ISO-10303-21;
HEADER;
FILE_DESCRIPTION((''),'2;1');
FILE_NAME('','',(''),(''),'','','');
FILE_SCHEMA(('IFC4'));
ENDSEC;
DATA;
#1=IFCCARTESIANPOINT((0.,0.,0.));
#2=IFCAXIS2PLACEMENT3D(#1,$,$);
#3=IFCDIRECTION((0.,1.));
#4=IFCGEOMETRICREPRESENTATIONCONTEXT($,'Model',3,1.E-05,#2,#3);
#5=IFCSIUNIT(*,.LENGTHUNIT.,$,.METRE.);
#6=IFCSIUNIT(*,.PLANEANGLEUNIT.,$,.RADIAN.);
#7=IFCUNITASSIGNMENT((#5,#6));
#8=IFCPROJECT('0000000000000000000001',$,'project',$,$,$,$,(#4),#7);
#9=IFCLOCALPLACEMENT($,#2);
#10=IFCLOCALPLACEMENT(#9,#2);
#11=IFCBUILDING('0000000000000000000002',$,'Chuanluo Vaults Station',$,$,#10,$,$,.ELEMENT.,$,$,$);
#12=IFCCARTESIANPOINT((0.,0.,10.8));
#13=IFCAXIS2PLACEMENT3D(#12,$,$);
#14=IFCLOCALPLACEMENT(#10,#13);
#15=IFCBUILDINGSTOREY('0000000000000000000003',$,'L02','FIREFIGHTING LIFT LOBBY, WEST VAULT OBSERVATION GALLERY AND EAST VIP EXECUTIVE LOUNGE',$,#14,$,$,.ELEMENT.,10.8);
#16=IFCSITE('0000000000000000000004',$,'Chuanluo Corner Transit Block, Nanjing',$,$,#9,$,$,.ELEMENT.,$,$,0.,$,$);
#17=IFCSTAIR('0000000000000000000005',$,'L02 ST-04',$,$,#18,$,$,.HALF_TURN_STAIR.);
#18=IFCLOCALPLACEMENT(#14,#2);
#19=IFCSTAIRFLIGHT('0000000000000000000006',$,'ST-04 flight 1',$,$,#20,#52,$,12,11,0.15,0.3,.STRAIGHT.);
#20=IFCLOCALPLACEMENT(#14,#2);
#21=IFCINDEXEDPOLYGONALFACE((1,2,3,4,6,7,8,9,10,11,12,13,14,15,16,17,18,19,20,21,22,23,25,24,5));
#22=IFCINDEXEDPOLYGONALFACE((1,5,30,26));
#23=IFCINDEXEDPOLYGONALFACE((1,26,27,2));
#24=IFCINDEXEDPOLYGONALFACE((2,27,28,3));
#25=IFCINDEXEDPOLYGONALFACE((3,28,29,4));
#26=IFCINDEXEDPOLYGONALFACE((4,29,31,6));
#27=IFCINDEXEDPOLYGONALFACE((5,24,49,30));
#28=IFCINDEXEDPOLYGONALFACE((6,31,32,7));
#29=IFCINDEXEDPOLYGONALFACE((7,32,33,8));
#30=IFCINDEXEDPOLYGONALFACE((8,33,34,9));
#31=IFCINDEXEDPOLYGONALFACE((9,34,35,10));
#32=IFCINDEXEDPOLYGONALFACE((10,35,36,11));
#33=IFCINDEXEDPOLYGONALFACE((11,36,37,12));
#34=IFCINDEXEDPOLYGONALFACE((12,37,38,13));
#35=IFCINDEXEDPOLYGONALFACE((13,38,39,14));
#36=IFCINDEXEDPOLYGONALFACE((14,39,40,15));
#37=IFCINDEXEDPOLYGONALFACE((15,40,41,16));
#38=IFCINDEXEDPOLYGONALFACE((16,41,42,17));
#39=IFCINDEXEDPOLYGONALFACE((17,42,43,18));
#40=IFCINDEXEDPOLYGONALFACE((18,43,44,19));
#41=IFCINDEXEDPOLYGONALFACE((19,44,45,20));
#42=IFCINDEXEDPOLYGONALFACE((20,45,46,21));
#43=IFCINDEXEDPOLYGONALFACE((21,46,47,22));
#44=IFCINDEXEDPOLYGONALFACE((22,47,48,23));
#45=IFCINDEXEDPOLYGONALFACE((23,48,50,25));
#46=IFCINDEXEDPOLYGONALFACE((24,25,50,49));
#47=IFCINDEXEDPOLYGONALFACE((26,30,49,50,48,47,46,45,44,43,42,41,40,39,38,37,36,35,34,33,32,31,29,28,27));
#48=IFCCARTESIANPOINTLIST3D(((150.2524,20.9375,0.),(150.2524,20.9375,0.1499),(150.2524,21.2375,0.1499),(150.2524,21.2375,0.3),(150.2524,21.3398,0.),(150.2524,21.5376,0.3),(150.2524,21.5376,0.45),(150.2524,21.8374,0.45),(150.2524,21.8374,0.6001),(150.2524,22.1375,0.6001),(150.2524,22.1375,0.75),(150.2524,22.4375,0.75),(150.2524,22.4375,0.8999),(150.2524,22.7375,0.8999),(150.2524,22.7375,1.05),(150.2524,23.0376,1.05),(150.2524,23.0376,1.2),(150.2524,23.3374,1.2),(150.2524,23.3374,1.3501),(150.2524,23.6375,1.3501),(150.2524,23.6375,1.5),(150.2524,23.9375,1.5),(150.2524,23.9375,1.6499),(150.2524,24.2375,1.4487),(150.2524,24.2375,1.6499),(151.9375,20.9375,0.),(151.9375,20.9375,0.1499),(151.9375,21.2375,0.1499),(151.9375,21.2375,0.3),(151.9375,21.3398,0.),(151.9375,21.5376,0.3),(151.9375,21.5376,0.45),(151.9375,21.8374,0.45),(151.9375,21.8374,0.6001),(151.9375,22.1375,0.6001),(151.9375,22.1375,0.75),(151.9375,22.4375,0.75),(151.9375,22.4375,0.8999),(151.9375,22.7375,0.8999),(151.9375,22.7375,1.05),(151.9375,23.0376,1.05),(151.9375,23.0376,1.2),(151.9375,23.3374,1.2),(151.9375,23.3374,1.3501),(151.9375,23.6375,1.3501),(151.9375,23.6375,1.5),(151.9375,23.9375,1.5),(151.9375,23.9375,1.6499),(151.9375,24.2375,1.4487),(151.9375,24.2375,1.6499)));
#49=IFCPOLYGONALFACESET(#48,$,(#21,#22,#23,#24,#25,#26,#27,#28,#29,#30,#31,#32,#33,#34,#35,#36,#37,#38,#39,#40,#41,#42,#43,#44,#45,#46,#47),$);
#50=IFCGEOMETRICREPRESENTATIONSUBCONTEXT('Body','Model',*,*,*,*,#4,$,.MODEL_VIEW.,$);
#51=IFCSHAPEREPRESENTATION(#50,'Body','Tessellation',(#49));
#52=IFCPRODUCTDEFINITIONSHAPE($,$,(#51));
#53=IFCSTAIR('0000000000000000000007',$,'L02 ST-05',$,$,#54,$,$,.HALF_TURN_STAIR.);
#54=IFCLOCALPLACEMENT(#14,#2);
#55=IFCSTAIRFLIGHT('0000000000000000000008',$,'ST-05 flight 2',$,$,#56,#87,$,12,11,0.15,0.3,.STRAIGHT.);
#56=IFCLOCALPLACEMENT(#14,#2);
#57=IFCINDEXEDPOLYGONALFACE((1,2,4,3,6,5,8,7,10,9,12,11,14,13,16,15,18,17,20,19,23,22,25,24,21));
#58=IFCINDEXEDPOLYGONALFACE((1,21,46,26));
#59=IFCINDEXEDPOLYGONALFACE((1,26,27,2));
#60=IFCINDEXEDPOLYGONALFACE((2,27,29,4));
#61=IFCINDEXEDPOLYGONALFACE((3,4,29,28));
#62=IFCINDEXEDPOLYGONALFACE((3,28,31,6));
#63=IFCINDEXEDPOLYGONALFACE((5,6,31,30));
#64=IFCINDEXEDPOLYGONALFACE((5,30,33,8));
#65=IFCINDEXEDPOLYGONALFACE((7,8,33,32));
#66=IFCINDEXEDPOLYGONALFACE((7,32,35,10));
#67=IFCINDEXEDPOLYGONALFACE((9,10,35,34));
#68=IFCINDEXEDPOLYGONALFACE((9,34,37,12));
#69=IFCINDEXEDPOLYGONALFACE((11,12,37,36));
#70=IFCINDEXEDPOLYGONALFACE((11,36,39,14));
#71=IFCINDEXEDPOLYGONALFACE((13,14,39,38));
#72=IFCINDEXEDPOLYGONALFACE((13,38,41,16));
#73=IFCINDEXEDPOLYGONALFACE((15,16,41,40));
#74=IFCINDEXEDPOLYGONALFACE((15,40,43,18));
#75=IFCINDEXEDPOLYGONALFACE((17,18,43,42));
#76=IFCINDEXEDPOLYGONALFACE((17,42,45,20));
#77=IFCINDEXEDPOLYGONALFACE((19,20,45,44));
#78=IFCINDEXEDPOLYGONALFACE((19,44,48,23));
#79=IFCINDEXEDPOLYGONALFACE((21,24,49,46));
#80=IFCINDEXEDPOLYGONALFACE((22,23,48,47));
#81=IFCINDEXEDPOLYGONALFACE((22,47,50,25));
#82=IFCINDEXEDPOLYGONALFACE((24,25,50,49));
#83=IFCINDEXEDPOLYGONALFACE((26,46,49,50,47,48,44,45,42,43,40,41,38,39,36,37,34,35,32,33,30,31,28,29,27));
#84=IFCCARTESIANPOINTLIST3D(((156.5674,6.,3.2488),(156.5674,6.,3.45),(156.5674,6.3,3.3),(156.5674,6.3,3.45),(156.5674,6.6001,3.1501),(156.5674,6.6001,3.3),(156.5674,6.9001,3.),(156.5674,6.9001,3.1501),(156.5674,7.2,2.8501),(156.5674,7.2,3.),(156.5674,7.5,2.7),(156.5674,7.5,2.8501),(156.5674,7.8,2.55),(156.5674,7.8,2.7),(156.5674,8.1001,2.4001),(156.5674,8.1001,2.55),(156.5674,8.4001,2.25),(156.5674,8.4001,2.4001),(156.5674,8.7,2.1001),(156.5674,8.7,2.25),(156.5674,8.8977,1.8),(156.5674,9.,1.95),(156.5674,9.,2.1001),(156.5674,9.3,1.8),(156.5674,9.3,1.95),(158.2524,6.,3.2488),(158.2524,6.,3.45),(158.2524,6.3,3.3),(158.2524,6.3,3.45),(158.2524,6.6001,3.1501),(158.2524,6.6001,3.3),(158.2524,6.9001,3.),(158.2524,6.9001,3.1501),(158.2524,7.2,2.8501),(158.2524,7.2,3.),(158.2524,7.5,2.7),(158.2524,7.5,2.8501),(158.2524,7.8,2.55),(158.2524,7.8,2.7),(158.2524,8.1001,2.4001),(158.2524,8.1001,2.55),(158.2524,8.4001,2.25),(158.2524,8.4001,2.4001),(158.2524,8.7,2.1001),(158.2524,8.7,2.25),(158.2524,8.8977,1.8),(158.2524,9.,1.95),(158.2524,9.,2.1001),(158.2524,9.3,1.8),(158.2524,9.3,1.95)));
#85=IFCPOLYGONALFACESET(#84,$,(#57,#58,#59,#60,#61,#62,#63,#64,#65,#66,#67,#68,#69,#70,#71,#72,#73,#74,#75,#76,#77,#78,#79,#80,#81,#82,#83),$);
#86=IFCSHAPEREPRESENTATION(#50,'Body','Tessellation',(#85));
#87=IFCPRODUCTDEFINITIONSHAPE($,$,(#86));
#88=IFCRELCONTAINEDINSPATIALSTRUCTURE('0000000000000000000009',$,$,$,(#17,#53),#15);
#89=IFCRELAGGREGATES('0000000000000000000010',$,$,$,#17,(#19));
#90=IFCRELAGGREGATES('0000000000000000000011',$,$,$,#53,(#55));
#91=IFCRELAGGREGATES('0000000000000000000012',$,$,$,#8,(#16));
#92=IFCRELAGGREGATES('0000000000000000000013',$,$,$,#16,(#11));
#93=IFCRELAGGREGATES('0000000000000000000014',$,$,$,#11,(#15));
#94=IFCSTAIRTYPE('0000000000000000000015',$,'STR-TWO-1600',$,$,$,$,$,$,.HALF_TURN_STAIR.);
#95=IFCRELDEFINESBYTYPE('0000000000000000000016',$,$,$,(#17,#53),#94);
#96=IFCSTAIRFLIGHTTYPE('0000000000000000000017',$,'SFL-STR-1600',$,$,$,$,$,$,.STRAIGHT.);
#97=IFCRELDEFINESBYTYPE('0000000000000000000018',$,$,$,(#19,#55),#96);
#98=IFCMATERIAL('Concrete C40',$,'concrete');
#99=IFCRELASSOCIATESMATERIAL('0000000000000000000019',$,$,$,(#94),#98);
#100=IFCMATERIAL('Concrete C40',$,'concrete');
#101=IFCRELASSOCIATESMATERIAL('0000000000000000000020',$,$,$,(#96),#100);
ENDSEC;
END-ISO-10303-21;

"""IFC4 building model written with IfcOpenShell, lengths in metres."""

from ifc_helpers import new_model, si_unit, direction, frame, origin, place, context, subcontext, project, spatial, polyline, outline, extrude, material, type_object, element, aggregate, save


model = new_model("IFC4")

# Units and contexts
model_context = context("Model", 3, precision=1e-05, world=origin(), true_north=direction((0.0, 1.0)))
body_context = subcontext(model_context, "Body", "Model", "MODEL_VIEW")
ifc_project = project(units=[si_unit("LENGTHUNIT", "METRE"), si_unit("PLANEANGLEUNIT", "RADIAN")], contexts=[model_context])

# Site, building, storey
site_placement = place(None, origin())
site = spatial("IfcSite", under=ifc_project, at=site_placement, Name="Chuanluo Corner Transit Block, Nanjing", CompositionType="ELEMENT", RefElevation=0.0)
building_placement = place(site_placement, origin())
building = spatial("IfcBuilding", under=site, at=building_placement, Name="Chuanluo Vaults Station", CompositionType="ELEMENT")
storey_placement = place(building_placement, frame((0.0, 0.0, 10.8)))
storey = spatial("IfcBuildingStorey", under=building, at=storey_placement, Name="L02", Description="FIREFIGHTING LIFT LOBBY, WEST VAULT OBSERVATION GALLERY AND EAST VIP EXECUTIVE LOUNGE", CompositionType="ELEMENT", Elevation=10.8)

# Stairs, stair flights
ifc_material_1 = material(Name="Concrete C40", Category="concrete")
stair_type = type_object("IfcStairType", Name="STR-TWO-1600", PredefinedType="HALF_TURN_STAIR", material=ifc_material_1)
stair_1_placement = place(storey_placement, origin())
stair_1 = element("IfcStair", 1, at=stair_1_placement, inside=storey, type_object=stair_type, Name="L02 ST-04", PredefinedType="HALF_TURN_STAIR")
ifc_material_2 = material(Name="Concrete C40", Category="concrete")
stair_flight_type = type_object("IfcStairFlightType", Name="SFL-STR-1600", PredefinedType="STRAIGHT", material=ifc_material_2)
stair_flight_1_placement = place(storey_placement, frame((151.095, 20.9375, 0.0), z_axis=(0.0, 0.0, 1.0), x_axis=(0.0, 1.0, 0.0)))
stair_flight_1 = element("IfcStairFlight", 2, at=stair_flight_1_placement, type_object=stair_flight_type, Name="ST-04 flight 1", NumberOfRisers=12, NumberOfTreads=11, PredefinedType="STRAIGHT", RiserHeight=0.15, TreadLength=0.3, context=body_context, shape_type="SweptSolid", body=[
    extrude(outline(polyline([(0.0, 0.0), (0.0, 0.1499), (0.3, 0.1499), (0.3, 0.3), (0.6001, 0.3), (0.6001, 0.45), (0.8999, 0.45), (0.8999, 0.6001), (1.2, 0.6001), (1.2, 0.75), (1.5, 0.75), (1.5, 0.8999), (1.8, 0.8999), (1.8, 1.05), (2.1001, 1.05), (2.1001, 1.2), (2.3999, 1.2), (2.3999, 1.3501), (2.7, 1.3501), (2.7, 1.5), (3.0, 1.5), (3.0, 1.6499), (3.3, 1.6499), (3.3, 1.8), (3.3, 1.4487), (0.4023, 0.0), (0.0, 0.0)])), frame((0.0, 0.8425, 0.0), z_axis=(0.0, -1.0, 0.0), x_axis=(1.0, 0.0, 0.0)), (0.0, 0.0, 1.0), 1.6851),
])
aggregate(stair_1, [stair_flight_1])
stair_2_placement = place(storey_placement, origin())
stair_2 = element("IfcStair", 3, at=stair_2_placement, inside=storey, type_object=stair_type, Name="L02 ST-05", PredefinedType="HALF_TURN_STAIR")
stair_flight_2_placement = place(storey_placement, frame((157.4099, 9.3, 1.8), z_axis=(0.0, 0.0, 1.0), x_axis=(0.0, -1.0, 0.0)))
stair_flight_2 = element("IfcStairFlight", 4, at=stair_flight_2_placement, type_object=stair_flight_type, Name="ST-05 flight 2", NumberOfRisers=12, NumberOfTreads=11, PredefinedType="STRAIGHT", RiserHeight=0.15, TreadLength=0.3, context=body_context, shape_type="SweptSolid", body=[
    extrude(outline(polyline([(0.0, 0.0), (0.0, 0.1499), (0.3, 0.1499), (0.3, 0.3), (0.6001, 0.3), (0.6001, 0.45), (0.8999, 0.45), (0.8999, 0.6001), (1.2, 0.6001), (1.2, 0.75), (1.5, 0.75), (1.5, 0.8999), (1.8, 0.8999), (1.8, 1.05), (2.1001, 1.05), (2.1001, 1.2), (2.3999, 1.2), (2.3999, 1.3501), (2.7, 1.3501), (2.7, 1.5), (3.0, 1.5), (3.0, 1.6499), (3.3, 1.6499), (3.3, 1.8), (3.3, 1.4487), (0.4023, 0.0), (0.0, 0.0)])), frame((0.0, 0.8425, 0.0), z_axis=(0.0, -1.0, 0.0), x_axis=(1.0, 0.0, 0.0)), (0.0, 0.0, 1.0), 1.6851),
])
aggregate(stair_2, [stair_flight_2])

save(model, "model.ifc")
